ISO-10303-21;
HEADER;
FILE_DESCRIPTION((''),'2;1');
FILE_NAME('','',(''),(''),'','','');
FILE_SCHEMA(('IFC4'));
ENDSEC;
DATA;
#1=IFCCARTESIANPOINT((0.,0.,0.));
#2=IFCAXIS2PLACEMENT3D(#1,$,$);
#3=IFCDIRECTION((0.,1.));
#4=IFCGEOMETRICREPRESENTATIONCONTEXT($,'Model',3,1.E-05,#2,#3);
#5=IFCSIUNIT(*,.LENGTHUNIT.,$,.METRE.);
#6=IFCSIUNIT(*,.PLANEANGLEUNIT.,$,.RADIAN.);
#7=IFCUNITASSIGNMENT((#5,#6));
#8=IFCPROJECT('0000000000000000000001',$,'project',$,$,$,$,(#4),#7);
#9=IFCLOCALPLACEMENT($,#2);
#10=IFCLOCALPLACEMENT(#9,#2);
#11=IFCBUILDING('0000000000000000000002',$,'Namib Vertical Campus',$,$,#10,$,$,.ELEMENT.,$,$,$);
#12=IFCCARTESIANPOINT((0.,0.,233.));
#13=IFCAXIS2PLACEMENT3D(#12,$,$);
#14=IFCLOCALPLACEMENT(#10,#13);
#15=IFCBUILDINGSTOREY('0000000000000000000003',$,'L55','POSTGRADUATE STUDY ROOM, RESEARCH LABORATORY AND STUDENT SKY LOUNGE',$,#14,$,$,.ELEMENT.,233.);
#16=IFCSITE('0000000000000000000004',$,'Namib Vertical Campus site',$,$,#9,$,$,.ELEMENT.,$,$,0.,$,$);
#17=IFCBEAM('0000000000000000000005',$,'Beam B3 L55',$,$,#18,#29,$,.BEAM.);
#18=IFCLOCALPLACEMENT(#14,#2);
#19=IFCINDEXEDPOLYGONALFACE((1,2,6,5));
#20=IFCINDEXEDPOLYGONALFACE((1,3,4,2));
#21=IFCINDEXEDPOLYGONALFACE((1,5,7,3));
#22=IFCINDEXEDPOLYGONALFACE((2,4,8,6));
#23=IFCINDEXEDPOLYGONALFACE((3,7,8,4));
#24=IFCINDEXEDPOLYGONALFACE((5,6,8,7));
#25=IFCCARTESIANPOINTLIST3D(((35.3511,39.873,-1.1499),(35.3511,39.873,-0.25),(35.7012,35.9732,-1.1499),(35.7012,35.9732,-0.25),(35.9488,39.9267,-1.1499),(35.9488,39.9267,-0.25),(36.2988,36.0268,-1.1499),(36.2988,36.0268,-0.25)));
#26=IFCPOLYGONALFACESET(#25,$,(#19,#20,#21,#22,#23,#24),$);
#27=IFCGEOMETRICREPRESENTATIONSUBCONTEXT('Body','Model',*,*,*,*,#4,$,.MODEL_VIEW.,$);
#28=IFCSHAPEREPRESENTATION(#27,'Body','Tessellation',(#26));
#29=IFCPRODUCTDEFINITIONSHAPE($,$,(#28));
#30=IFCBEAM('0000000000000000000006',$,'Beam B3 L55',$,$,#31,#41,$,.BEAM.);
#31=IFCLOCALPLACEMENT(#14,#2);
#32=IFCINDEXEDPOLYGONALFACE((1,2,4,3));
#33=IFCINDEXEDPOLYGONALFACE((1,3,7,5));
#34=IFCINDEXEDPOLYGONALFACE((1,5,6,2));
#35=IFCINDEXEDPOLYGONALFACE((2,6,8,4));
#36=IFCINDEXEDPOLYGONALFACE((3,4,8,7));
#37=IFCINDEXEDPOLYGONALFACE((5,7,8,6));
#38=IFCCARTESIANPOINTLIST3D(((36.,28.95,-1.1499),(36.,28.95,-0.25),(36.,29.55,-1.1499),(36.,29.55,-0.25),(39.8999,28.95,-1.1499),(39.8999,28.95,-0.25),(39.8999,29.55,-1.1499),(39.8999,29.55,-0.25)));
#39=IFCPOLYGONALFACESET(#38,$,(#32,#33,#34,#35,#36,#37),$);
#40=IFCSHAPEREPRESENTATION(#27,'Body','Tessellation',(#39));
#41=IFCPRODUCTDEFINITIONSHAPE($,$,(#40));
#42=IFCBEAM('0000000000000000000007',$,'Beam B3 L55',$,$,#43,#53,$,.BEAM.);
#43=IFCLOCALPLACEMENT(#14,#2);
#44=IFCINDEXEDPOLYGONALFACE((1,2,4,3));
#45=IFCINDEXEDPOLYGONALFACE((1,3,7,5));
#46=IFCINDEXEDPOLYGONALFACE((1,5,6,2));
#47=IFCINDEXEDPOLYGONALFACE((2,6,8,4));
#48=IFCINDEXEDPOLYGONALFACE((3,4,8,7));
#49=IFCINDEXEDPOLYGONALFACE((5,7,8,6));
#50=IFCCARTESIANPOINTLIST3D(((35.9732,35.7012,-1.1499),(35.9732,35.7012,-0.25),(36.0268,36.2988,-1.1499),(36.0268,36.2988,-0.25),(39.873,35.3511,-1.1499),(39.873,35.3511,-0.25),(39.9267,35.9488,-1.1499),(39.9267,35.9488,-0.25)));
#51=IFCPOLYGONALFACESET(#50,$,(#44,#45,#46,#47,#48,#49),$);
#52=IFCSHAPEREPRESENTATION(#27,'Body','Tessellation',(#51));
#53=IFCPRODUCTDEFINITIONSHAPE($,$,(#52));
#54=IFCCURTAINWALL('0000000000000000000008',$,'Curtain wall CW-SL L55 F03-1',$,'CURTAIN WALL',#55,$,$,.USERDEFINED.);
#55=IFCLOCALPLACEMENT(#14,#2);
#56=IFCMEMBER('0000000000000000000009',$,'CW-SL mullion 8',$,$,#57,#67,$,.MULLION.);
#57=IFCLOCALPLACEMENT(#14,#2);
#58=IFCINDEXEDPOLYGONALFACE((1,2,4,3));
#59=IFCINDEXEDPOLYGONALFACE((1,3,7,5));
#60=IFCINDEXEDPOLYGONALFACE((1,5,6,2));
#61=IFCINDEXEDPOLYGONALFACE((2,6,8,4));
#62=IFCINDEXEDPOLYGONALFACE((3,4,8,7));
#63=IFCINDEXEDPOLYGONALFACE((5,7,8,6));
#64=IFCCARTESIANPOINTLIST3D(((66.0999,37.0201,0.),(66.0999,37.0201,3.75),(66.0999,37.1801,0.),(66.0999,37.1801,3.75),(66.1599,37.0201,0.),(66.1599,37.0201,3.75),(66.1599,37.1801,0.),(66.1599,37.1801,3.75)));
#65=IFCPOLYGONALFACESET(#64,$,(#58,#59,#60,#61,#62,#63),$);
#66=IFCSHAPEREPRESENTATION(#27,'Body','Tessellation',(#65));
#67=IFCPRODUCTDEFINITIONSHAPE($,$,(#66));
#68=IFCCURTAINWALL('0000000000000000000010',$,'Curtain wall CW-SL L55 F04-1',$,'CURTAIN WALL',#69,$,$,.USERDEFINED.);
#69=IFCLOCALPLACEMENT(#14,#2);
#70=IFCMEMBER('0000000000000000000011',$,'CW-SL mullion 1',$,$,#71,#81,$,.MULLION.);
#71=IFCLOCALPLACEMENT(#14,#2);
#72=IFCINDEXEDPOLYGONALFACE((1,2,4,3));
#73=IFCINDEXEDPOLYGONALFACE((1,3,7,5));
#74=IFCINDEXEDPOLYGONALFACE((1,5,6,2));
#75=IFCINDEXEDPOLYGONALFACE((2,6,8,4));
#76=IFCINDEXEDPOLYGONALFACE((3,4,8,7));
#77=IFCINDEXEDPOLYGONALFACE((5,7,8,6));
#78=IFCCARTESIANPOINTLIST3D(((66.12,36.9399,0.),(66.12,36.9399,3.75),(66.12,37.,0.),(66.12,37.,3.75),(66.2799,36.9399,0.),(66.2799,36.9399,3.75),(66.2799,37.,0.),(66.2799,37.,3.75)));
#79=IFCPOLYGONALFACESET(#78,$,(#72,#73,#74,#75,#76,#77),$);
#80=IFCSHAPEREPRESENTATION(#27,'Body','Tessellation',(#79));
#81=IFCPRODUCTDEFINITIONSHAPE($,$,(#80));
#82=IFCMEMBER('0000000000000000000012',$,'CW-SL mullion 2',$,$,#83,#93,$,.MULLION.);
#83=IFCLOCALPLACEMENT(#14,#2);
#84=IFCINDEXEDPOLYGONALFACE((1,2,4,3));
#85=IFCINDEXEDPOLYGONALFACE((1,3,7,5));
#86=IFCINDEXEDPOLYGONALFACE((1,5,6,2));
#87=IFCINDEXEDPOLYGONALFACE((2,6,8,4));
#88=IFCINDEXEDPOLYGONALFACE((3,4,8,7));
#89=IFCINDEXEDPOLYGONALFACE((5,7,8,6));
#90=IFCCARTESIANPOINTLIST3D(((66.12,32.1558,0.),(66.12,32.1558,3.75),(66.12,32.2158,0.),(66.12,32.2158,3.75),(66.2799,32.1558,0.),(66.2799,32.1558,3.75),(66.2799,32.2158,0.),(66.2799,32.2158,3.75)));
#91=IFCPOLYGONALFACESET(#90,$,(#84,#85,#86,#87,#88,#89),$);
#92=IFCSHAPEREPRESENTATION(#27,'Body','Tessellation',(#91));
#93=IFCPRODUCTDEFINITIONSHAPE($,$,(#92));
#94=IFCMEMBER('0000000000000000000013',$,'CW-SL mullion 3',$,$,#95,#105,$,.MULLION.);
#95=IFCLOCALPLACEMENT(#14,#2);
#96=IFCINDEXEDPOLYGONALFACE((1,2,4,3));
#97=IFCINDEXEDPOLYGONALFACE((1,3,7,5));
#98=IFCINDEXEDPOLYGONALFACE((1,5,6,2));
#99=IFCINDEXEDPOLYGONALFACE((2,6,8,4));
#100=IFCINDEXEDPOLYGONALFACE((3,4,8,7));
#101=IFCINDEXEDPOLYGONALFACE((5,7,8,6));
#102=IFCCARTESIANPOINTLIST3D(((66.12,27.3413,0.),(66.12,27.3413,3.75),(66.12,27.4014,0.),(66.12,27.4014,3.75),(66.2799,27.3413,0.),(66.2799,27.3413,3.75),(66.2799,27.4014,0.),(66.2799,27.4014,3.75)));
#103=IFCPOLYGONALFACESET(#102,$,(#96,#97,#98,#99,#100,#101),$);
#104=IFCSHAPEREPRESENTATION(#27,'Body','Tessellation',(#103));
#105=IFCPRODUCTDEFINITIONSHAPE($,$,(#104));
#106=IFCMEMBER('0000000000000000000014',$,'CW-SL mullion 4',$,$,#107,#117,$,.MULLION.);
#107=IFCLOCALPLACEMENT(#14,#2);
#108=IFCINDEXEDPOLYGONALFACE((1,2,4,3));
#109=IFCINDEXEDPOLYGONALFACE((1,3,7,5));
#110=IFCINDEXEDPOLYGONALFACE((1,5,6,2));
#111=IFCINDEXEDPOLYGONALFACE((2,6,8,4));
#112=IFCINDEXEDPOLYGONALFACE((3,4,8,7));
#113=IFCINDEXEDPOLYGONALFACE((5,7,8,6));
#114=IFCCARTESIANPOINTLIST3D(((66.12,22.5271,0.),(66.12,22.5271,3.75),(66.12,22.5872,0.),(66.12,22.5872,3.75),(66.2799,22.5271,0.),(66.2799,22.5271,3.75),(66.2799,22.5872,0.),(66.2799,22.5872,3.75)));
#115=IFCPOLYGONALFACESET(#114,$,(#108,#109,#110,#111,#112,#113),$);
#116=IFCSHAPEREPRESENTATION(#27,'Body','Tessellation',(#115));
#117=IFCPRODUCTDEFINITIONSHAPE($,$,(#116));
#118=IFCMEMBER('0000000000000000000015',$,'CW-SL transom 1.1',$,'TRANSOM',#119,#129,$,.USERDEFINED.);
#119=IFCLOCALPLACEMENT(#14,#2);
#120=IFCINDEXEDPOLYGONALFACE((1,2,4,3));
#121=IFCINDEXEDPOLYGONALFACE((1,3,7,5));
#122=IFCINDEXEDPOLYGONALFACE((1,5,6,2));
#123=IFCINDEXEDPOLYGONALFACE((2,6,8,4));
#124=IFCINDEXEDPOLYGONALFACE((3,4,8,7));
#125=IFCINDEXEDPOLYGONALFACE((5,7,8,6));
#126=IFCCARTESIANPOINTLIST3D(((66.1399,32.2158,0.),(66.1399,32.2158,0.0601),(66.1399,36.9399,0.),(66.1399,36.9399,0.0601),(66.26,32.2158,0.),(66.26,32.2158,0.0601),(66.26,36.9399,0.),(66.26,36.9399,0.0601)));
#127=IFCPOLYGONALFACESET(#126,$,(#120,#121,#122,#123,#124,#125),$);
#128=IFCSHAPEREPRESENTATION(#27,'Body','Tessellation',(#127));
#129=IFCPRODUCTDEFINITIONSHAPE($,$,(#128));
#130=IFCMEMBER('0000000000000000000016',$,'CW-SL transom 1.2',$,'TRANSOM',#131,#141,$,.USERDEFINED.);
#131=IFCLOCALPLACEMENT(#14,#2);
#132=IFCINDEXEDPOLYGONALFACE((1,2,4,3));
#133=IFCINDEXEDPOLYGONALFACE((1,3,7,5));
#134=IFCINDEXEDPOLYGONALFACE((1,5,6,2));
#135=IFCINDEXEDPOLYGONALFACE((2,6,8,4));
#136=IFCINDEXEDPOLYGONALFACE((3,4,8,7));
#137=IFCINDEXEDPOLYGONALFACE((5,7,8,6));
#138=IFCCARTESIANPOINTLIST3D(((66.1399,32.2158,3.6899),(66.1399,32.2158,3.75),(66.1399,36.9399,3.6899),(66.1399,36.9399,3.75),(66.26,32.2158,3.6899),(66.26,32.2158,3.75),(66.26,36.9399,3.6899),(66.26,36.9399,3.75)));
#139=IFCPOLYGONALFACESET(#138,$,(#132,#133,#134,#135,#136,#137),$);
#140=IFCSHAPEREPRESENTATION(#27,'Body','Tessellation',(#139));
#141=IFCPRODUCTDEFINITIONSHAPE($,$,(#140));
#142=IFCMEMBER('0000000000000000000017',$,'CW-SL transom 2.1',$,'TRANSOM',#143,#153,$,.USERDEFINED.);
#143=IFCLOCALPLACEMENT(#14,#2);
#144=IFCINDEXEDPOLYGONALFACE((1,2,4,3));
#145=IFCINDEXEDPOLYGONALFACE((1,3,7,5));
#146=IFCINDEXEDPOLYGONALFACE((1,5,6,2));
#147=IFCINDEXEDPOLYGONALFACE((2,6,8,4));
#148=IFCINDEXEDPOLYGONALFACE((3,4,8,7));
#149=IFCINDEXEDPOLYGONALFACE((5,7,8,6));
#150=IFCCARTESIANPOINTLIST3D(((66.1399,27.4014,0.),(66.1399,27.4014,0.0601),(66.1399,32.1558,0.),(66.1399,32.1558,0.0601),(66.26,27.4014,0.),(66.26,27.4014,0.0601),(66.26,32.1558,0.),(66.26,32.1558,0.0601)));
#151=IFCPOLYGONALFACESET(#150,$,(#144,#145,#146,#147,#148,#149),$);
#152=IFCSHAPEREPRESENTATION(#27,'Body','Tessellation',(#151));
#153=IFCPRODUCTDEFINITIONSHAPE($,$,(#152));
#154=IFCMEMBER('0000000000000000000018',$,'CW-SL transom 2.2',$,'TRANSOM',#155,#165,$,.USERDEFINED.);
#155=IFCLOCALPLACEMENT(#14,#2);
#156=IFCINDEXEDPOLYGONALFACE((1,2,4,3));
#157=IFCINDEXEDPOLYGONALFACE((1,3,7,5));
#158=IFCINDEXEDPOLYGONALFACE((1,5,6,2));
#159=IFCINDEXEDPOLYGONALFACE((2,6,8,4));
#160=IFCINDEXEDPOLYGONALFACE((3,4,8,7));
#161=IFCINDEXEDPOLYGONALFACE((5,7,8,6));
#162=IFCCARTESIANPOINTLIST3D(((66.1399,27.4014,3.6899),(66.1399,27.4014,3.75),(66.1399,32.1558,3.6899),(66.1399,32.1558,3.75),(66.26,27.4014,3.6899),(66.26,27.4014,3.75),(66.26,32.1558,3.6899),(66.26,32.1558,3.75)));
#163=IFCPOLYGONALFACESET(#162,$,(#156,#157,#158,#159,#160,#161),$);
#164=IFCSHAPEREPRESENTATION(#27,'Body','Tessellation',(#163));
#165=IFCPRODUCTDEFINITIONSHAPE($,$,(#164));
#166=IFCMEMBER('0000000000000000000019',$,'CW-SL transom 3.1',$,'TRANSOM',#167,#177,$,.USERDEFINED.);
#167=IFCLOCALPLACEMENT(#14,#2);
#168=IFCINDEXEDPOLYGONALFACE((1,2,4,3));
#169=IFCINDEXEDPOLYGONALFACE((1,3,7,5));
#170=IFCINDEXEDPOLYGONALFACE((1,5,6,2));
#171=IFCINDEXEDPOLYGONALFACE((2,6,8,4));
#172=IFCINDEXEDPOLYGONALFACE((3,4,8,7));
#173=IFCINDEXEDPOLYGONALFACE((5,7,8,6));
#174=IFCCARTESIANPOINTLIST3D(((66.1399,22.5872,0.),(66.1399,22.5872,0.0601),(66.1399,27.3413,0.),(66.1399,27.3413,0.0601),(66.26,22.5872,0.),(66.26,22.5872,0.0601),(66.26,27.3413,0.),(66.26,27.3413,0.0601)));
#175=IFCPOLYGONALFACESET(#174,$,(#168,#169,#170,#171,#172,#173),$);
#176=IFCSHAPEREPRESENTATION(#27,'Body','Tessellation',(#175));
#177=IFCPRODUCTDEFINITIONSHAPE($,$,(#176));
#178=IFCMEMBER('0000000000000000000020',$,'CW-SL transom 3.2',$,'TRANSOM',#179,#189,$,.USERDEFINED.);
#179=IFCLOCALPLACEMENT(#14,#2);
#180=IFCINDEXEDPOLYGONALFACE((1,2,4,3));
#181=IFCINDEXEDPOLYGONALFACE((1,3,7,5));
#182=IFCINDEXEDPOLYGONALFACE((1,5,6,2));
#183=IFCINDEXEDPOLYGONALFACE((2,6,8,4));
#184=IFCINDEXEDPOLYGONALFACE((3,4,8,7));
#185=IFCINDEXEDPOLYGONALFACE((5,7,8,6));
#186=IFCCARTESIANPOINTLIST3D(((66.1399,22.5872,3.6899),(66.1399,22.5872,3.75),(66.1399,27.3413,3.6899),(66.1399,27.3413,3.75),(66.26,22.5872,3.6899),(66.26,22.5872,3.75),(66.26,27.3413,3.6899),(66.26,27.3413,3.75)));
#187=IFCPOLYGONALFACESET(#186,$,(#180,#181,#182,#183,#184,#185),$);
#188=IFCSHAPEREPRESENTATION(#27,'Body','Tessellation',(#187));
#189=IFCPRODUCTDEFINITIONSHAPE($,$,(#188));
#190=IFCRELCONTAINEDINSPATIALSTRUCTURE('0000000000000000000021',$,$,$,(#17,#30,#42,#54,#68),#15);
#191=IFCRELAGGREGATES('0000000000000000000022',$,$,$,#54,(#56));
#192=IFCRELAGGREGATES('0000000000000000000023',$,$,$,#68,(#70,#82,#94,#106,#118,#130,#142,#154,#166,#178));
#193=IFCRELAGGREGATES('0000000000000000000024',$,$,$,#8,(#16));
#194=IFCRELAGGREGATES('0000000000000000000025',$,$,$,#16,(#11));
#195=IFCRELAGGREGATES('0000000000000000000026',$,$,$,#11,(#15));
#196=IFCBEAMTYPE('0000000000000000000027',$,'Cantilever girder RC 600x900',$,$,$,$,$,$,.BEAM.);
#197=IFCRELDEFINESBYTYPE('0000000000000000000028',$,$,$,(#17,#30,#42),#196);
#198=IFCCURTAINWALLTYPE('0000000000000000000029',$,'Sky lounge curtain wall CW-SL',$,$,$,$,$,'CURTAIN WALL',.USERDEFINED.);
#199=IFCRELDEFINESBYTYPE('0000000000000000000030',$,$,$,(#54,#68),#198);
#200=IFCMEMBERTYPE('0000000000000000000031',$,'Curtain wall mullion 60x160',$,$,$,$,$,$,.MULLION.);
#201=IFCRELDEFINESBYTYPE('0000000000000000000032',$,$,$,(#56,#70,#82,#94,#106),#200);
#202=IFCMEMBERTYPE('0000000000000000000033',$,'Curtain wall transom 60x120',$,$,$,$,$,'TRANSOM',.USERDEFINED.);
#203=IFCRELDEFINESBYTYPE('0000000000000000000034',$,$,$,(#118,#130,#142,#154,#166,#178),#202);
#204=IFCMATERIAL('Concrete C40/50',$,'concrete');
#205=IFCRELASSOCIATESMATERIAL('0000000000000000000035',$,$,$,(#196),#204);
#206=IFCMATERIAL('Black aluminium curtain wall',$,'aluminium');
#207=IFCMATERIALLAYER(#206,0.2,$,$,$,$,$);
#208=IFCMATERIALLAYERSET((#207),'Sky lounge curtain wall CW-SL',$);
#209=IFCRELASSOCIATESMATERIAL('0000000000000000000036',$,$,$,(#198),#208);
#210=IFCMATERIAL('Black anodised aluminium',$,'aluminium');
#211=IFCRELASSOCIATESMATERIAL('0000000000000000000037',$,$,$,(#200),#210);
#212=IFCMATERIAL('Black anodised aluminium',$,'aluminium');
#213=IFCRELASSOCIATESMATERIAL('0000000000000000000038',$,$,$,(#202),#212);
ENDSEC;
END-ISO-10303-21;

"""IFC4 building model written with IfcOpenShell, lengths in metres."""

from ifc_helpers import new_model, si_unit, direction, frame, origin, origin_2d, place, context, subcontext, project, spatial, rectangle, extrude, material, layer, layer_set, material_profile, profile_set, type_object, element, aggregate, save


model = new_model("IFC4")

# Units and contexts
model_context = context("Model", 3, precision=1e-05, world=origin(), true_north=direction((0.0, 1.0)))
body_context = subcontext(model_context, "Body", "Model", "MODEL_VIEW")
ifc_project = project(units=[si_unit("LENGTHUNIT", "METRE"), si_unit("PLANEANGLEUNIT", "RADIAN")], contexts=[model_context])

# Site, building, storey
site_placement = place(None, origin())
site = spatial("IfcSite", under=ifc_project, at=site_placement, Name="Namib Vertical Campus site", CompositionType="ELEMENT", RefElevation=0.0)
building_placement = place(site_placement, origin())
building = spatial("IfcBuilding", under=site, at=building_placement, Name="Namib Vertical Campus", CompositionType="ELEMENT")
storey_placement = place(building_placement, frame((0.0, 0.0, 233.0)))
storey = spatial("IfcBuildingStorey", under=building, at=storey_placement, Name="L55", Description="POSTGRADUATE STUDY ROOM, RESEARCH LABORATORY AND STUDENT SKY LOUNGE", CompositionType="ELEMENT", Elevation=233.0)

# Beams
ifc_material_1 = material(Name="Concrete C40/50", Category="concrete")
ifc_material_profile_1 = material_profile(ifc_material_1, rectangle(XDim=0.6001, YDim=0.8999, at=origin_2d()))
ifc_profile_set_1 = profile_set([ifc_material_profile_1], Name="Concrete C40/50")
beam_type_1 = type_object("IfcBeamType", Name="Cantilever girder RC 600x900", PredefinedType="BEAM", material=ifc_profile_set_1)
beam_1_placement = place(storey_placement, frame((36.0, 36.0, -0.7), z_axis=(-0.089411, 0.995995, 0.0), x_axis=(-0.995995, -0.089411, 0.0)))
element("IfcBeam", 1, at=beam_1_placement, inside=storey, type_object=beam_type_1, Name="Beam B3 L55", PredefinedType="BEAM", context=body_context, shape_type="SweptSolid", body=[
    extrude(rectangle(XDim=0.6001, YDim=0.8999, at=origin_2d()), origin(), (0.0, 0.0, 1.0), 3.9155),
])
beam_2_placement = place(storey_placement, frame((36.0, 29.25, -0.7), z_axis=(1.0, 0.0, 0.0), x_axis=(0.0, 1.0, 0.0)))
element("IfcBeam", 2, at=beam_2_placement, inside=storey, type_object=beam_type_1, Name="Beam B3 L55", PredefinedType="BEAM", context=body_context, shape_type="SweptSolid", body=[
    extrude(rectangle(XDim=0.6001, YDim=0.8999, at=origin_2d()), origin(), (0.0, 0.0, 1.0), 3.8999),
])
beam_3_placement = place(storey_placement, frame((36.0, 36.0, -0.7), z_axis=(0.995995, -0.089411, 0.0), x_axis=(0.089411, 0.995995, 0.0)))
element("IfcBeam", 3, at=beam_3_placement, inside=storey, type_object=beam_type_1, Name="Beam B3 L55", PredefinedType="BEAM", context=body_context, shape_type="SweptSolid", body=[
    extrude(rectangle(XDim=0.6001, YDim=0.8999, at=origin_2d()), origin(), (0.0, 0.0, 1.0), 3.9155),
])

# Curtain wall, member
ifc_material_2 = material(Name="Black aluminium curtain wall", Category="aluminium")
ifc_layer_1 = layer(ifc_material_2, 0.2)
ifc_layer_set_1 = layer_set([ifc_layer_1], Name="Sky lounge curtain wall CW-SL")
curtain_wall_type = type_object("IfcCurtainWallType", Name="Sky lounge curtain wall CW-SL", ElementType="CURTAIN WALL", PredefinedType="USERDEFINED", material=ifc_layer_set_1)
curtain_wall_1_placement = place(storey_placement, origin())
curtain_wall_1 = element("IfcCurtainWall", 4, at=curtain_wall_1_placement, inside=storey, type_object=curtain_wall_type, Name="Curtain wall CW-SL L55 F03-1", ObjectType="CURTAIN WALL", PredefinedType="USERDEFINED")
ifc_material_3 = material(Name="Black anodised aluminium", Category="aluminium")
ifc_material_profile_2 = material_profile(ifc_material_3, rectangle(XDim=0.0601, YDim=0.1599, at=origin_2d()))
ifc_profile_set_2 = profile_set([ifc_material_profile_2], Name="Black anodised aluminium")
member_type_1 = type_object("IfcMemberType", Name="Curtain wall mullion 60x160", PredefinedType="MULLION", material=ifc_profile_set_2)
member_1_placement = place(storey_placement, frame((66.1299, 37.1001, 0.0), z_axis=(0.0, 0.0, 1.0), x_axis=(-1.0, 0.0, 0.0)))
member_1 = element("IfcMember", 5, at=member_1_placement, type_object=member_type_1, Name="CW-SL mullion 8", PredefinedType="MULLION", context=body_context, shape_type="SweptSolid", body=[
    extrude(rectangle(XDim=0.0601, YDim=0.1599, at=origin_2d()), origin(), (0.0, 0.0, 1.0), 3.75),
])
aggregate(curtain_wall_1, [member_1])

# Curtain wall, members
curtain_wall_2_placement = place(storey_placement, origin())
curtain_wall_2 = element("IfcCurtainWall", 6, at=curtain_wall_2_placement, inside=storey, type_object=curtain_wall_type, Name="Curtain wall CW-SL L55 F04-1", ObjectType="CURTAIN WALL", PredefinedType="USERDEFINED")
member_2_placement = place(storey_placement, frame((66.2, 36.97, 0.0), z_axis=(0.0, 0.0, 1.0), x_axis=(0.0, -1.0, 0.0)))
member_2 = element("IfcMember", 7, at=member_2_placement, type_object=member_type_1, Name="CW-SL mullion 1", PredefinedType="MULLION", context=body_context, shape_type="SweptSolid", body=[
    extrude(rectangle(XDim=0.0601, YDim=0.1599, at=origin_2d()), origin(), (0.0, 0.0, 1.0), 3.75),
])
member_3_placement = place(storey_placement, frame((66.2, 32.1858, 0.0), z_axis=(0.0, 0.0, 1.0), x_axis=(0.0, -1.0, 0.0)))
member_3 = element("IfcMember", 8, at=member_3_placement, type_object=member_type_1, Name="CW-SL mullion 2", PredefinedType="MULLION", context=body_context, shape_type="SweptSolid", body=[
    extrude(rectangle(XDim=0.0601, YDim=0.1599, at=origin_2d()), origin(), (0.0, 0.0, 1.0), 3.75),
])
member_4_placement = place(storey_placement, frame((66.2, 27.3713, 0.0), z_axis=(0.0, 0.0, 1.0), x_axis=(0.0, -1.0, 0.0)))
member_4 = element("IfcMember", 9, at=member_4_placement, type_object=member_type_1, Name="CW-SL mullion 3", PredefinedType="MULLION", context=body_context, shape_type="SweptSolid", body=[
    extrude(rectangle(XDim=0.0601, YDim=0.1599, at=origin_2d()), origin(), (0.0, 0.0, 1.0), 3.75),
])
member_5_placement = place(storey_placement, frame((66.2, 22.5571, 0.0), z_axis=(0.0, 0.0, 1.0), x_axis=(0.0, -1.0, 0.0)))
member_5 = element("IfcMember", 10, at=member_5_placement, type_object=member_type_1, Name="CW-SL mullion 4", PredefinedType="MULLION", context=body_context, shape_type="SweptSolid", body=[
    extrude(rectangle(XDim=0.0601, YDim=0.1599, at=origin_2d()), origin(), (0.0, 0.0, 1.0), 3.75),
])
ifc_material_4 = material(Name="Black anodised aluminium", Category="aluminium")
ifc_material_profile_3 = material_profile(ifc_material_4, rectangle(XDim=0.0601, YDim=0.1201, at=origin_2d()))
ifc_profile_set_3 = profile_set([ifc_material_profile_3], Name="Black anodised aluminium")
member_type_2 = type_object("IfcMemberType", Name="Curtain wall transom 60x120", ElementType="TRANSOM", PredefinedType="USERDEFINED", material=ifc_profile_set_3)
member_6_placement = place(storey_placement, frame((66.2, 36.9399, 0.03), z_axis=(0.0, -1.0, 0.0), x_axis=(0.0, 0.0, 1.0)))
member_6 = element("IfcMember", 11, at=member_6_placement, type_object=member_type_2, Name="CW-SL transom 1.1", ObjectType="TRANSOM", PredefinedType="USERDEFINED", context=body_context, shape_type="SweptSolid", body=[
    extrude(rectangle(XDim=0.0601, YDim=0.1201, at=origin_2d()), origin(), (0.0, 0.0, 1.0), 4.7241),
])
member_7_placement = place(storey_placement, frame((66.2, 36.9399, 3.72), z_axis=(0.0, -1.0, 0.0), x_axis=(0.0, 0.0, 1.0)))
member_7 = element("IfcMember", 12, at=member_7_placement, type_object=member_type_2, Name="CW-SL transom 1.2", ObjectType="TRANSOM", PredefinedType="USERDEFINED", context=body_context, shape_type="SweptSolid", body=[
    extrude(rectangle(XDim=0.0601, YDim=0.1201, at=origin_2d()), origin(), (0.0, 0.0, 1.0), 4.7241),
])
member_8_placement = place(storey_placement, frame((66.2, 32.1558, 0.03), z_axis=(0.0, -1.0, 0.0), x_axis=(0.0, 0.0, 1.0)))
member_8 = element("IfcMember", 13, at=member_8_placement, type_object=member_type_2, Name="CW-SL transom 2.1", ObjectType="TRANSOM", PredefinedType="USERDEFINED", context=body_context, shape_type="SweptSolid", body=[
    extrude(rectangle(XDim=0.0601, YDim=0.1201, at=origin_2d()), origin(), (0.0, 0.0, 1.0), 4.7544),
])
member_9_placement = place(storey_placement, frame((66.2, 32.1558, 3.72), z_axis=(0.0, -1.0, 0.0), x_axis=(0.0, 0.0, 1.0)))
member_9 = element("IfcMember", 14, at=member_9_placement, type_object=member_type_2, Name="CW-SL transom 2.2", ObjectType="TRANSOM", PredefinedType="USERDEFINED", context=body_context, shape_type="SweptSolid", body=[
    extrude(rectangle(XDim=0.0601, YDim=0.1201, at=origin_2d()), origin(), (0.0, 0.0, 1.0), 4.7544),
])
member_10_placement = place(storey_placement, frame((66.2, 27.3413, 0.03), z_axis=(0.0, -1.0, 0.0), x_axis=(0.0, 0.0, 1.0)))
member_10 = element("IfcMember", 15, at=member_10_placement, type_object=member_type_2, Name="CW-SL transom 3.1", ObjectType="TRANSOM", PredefinedType="USERDEFINED", context=body_context, shape_type="SweptSolid", body=[
    extrude(rectangle(XDim=0.0601, YDim=0.1201, at=origin_2d()), origin(), (0.0, 0.0, 1.0), 4.7542),
])
member_11_placement = place(storey_placement, frame((66.2, 27.3413, 3.72), z_axis=(0.0, -1.0, 0.0), x_axis=(0.0, 0.0, 1.0)))
member_11 = element("IfcMember", 16, at=member_11_placement, type_object=member_type_2, Name="CW-SL transom 3.2", ObjectType="TRANSOM", PredefinedType="USERDEFINED", context=body_context, shape_type="SweptSolid", body=[
    extrude(rectangle(XDim=0.0601, YDim=0.1201, at=origin_2d()), origin(), (0.0, 0.0, 1.0), 4.7542),
])

aggregate(curtain_wall_2, [member_2, member_3, member_4, member_5, member_6, member_7, member_8, member_9, member_10, member_11])

save(model, "model.ifc")
